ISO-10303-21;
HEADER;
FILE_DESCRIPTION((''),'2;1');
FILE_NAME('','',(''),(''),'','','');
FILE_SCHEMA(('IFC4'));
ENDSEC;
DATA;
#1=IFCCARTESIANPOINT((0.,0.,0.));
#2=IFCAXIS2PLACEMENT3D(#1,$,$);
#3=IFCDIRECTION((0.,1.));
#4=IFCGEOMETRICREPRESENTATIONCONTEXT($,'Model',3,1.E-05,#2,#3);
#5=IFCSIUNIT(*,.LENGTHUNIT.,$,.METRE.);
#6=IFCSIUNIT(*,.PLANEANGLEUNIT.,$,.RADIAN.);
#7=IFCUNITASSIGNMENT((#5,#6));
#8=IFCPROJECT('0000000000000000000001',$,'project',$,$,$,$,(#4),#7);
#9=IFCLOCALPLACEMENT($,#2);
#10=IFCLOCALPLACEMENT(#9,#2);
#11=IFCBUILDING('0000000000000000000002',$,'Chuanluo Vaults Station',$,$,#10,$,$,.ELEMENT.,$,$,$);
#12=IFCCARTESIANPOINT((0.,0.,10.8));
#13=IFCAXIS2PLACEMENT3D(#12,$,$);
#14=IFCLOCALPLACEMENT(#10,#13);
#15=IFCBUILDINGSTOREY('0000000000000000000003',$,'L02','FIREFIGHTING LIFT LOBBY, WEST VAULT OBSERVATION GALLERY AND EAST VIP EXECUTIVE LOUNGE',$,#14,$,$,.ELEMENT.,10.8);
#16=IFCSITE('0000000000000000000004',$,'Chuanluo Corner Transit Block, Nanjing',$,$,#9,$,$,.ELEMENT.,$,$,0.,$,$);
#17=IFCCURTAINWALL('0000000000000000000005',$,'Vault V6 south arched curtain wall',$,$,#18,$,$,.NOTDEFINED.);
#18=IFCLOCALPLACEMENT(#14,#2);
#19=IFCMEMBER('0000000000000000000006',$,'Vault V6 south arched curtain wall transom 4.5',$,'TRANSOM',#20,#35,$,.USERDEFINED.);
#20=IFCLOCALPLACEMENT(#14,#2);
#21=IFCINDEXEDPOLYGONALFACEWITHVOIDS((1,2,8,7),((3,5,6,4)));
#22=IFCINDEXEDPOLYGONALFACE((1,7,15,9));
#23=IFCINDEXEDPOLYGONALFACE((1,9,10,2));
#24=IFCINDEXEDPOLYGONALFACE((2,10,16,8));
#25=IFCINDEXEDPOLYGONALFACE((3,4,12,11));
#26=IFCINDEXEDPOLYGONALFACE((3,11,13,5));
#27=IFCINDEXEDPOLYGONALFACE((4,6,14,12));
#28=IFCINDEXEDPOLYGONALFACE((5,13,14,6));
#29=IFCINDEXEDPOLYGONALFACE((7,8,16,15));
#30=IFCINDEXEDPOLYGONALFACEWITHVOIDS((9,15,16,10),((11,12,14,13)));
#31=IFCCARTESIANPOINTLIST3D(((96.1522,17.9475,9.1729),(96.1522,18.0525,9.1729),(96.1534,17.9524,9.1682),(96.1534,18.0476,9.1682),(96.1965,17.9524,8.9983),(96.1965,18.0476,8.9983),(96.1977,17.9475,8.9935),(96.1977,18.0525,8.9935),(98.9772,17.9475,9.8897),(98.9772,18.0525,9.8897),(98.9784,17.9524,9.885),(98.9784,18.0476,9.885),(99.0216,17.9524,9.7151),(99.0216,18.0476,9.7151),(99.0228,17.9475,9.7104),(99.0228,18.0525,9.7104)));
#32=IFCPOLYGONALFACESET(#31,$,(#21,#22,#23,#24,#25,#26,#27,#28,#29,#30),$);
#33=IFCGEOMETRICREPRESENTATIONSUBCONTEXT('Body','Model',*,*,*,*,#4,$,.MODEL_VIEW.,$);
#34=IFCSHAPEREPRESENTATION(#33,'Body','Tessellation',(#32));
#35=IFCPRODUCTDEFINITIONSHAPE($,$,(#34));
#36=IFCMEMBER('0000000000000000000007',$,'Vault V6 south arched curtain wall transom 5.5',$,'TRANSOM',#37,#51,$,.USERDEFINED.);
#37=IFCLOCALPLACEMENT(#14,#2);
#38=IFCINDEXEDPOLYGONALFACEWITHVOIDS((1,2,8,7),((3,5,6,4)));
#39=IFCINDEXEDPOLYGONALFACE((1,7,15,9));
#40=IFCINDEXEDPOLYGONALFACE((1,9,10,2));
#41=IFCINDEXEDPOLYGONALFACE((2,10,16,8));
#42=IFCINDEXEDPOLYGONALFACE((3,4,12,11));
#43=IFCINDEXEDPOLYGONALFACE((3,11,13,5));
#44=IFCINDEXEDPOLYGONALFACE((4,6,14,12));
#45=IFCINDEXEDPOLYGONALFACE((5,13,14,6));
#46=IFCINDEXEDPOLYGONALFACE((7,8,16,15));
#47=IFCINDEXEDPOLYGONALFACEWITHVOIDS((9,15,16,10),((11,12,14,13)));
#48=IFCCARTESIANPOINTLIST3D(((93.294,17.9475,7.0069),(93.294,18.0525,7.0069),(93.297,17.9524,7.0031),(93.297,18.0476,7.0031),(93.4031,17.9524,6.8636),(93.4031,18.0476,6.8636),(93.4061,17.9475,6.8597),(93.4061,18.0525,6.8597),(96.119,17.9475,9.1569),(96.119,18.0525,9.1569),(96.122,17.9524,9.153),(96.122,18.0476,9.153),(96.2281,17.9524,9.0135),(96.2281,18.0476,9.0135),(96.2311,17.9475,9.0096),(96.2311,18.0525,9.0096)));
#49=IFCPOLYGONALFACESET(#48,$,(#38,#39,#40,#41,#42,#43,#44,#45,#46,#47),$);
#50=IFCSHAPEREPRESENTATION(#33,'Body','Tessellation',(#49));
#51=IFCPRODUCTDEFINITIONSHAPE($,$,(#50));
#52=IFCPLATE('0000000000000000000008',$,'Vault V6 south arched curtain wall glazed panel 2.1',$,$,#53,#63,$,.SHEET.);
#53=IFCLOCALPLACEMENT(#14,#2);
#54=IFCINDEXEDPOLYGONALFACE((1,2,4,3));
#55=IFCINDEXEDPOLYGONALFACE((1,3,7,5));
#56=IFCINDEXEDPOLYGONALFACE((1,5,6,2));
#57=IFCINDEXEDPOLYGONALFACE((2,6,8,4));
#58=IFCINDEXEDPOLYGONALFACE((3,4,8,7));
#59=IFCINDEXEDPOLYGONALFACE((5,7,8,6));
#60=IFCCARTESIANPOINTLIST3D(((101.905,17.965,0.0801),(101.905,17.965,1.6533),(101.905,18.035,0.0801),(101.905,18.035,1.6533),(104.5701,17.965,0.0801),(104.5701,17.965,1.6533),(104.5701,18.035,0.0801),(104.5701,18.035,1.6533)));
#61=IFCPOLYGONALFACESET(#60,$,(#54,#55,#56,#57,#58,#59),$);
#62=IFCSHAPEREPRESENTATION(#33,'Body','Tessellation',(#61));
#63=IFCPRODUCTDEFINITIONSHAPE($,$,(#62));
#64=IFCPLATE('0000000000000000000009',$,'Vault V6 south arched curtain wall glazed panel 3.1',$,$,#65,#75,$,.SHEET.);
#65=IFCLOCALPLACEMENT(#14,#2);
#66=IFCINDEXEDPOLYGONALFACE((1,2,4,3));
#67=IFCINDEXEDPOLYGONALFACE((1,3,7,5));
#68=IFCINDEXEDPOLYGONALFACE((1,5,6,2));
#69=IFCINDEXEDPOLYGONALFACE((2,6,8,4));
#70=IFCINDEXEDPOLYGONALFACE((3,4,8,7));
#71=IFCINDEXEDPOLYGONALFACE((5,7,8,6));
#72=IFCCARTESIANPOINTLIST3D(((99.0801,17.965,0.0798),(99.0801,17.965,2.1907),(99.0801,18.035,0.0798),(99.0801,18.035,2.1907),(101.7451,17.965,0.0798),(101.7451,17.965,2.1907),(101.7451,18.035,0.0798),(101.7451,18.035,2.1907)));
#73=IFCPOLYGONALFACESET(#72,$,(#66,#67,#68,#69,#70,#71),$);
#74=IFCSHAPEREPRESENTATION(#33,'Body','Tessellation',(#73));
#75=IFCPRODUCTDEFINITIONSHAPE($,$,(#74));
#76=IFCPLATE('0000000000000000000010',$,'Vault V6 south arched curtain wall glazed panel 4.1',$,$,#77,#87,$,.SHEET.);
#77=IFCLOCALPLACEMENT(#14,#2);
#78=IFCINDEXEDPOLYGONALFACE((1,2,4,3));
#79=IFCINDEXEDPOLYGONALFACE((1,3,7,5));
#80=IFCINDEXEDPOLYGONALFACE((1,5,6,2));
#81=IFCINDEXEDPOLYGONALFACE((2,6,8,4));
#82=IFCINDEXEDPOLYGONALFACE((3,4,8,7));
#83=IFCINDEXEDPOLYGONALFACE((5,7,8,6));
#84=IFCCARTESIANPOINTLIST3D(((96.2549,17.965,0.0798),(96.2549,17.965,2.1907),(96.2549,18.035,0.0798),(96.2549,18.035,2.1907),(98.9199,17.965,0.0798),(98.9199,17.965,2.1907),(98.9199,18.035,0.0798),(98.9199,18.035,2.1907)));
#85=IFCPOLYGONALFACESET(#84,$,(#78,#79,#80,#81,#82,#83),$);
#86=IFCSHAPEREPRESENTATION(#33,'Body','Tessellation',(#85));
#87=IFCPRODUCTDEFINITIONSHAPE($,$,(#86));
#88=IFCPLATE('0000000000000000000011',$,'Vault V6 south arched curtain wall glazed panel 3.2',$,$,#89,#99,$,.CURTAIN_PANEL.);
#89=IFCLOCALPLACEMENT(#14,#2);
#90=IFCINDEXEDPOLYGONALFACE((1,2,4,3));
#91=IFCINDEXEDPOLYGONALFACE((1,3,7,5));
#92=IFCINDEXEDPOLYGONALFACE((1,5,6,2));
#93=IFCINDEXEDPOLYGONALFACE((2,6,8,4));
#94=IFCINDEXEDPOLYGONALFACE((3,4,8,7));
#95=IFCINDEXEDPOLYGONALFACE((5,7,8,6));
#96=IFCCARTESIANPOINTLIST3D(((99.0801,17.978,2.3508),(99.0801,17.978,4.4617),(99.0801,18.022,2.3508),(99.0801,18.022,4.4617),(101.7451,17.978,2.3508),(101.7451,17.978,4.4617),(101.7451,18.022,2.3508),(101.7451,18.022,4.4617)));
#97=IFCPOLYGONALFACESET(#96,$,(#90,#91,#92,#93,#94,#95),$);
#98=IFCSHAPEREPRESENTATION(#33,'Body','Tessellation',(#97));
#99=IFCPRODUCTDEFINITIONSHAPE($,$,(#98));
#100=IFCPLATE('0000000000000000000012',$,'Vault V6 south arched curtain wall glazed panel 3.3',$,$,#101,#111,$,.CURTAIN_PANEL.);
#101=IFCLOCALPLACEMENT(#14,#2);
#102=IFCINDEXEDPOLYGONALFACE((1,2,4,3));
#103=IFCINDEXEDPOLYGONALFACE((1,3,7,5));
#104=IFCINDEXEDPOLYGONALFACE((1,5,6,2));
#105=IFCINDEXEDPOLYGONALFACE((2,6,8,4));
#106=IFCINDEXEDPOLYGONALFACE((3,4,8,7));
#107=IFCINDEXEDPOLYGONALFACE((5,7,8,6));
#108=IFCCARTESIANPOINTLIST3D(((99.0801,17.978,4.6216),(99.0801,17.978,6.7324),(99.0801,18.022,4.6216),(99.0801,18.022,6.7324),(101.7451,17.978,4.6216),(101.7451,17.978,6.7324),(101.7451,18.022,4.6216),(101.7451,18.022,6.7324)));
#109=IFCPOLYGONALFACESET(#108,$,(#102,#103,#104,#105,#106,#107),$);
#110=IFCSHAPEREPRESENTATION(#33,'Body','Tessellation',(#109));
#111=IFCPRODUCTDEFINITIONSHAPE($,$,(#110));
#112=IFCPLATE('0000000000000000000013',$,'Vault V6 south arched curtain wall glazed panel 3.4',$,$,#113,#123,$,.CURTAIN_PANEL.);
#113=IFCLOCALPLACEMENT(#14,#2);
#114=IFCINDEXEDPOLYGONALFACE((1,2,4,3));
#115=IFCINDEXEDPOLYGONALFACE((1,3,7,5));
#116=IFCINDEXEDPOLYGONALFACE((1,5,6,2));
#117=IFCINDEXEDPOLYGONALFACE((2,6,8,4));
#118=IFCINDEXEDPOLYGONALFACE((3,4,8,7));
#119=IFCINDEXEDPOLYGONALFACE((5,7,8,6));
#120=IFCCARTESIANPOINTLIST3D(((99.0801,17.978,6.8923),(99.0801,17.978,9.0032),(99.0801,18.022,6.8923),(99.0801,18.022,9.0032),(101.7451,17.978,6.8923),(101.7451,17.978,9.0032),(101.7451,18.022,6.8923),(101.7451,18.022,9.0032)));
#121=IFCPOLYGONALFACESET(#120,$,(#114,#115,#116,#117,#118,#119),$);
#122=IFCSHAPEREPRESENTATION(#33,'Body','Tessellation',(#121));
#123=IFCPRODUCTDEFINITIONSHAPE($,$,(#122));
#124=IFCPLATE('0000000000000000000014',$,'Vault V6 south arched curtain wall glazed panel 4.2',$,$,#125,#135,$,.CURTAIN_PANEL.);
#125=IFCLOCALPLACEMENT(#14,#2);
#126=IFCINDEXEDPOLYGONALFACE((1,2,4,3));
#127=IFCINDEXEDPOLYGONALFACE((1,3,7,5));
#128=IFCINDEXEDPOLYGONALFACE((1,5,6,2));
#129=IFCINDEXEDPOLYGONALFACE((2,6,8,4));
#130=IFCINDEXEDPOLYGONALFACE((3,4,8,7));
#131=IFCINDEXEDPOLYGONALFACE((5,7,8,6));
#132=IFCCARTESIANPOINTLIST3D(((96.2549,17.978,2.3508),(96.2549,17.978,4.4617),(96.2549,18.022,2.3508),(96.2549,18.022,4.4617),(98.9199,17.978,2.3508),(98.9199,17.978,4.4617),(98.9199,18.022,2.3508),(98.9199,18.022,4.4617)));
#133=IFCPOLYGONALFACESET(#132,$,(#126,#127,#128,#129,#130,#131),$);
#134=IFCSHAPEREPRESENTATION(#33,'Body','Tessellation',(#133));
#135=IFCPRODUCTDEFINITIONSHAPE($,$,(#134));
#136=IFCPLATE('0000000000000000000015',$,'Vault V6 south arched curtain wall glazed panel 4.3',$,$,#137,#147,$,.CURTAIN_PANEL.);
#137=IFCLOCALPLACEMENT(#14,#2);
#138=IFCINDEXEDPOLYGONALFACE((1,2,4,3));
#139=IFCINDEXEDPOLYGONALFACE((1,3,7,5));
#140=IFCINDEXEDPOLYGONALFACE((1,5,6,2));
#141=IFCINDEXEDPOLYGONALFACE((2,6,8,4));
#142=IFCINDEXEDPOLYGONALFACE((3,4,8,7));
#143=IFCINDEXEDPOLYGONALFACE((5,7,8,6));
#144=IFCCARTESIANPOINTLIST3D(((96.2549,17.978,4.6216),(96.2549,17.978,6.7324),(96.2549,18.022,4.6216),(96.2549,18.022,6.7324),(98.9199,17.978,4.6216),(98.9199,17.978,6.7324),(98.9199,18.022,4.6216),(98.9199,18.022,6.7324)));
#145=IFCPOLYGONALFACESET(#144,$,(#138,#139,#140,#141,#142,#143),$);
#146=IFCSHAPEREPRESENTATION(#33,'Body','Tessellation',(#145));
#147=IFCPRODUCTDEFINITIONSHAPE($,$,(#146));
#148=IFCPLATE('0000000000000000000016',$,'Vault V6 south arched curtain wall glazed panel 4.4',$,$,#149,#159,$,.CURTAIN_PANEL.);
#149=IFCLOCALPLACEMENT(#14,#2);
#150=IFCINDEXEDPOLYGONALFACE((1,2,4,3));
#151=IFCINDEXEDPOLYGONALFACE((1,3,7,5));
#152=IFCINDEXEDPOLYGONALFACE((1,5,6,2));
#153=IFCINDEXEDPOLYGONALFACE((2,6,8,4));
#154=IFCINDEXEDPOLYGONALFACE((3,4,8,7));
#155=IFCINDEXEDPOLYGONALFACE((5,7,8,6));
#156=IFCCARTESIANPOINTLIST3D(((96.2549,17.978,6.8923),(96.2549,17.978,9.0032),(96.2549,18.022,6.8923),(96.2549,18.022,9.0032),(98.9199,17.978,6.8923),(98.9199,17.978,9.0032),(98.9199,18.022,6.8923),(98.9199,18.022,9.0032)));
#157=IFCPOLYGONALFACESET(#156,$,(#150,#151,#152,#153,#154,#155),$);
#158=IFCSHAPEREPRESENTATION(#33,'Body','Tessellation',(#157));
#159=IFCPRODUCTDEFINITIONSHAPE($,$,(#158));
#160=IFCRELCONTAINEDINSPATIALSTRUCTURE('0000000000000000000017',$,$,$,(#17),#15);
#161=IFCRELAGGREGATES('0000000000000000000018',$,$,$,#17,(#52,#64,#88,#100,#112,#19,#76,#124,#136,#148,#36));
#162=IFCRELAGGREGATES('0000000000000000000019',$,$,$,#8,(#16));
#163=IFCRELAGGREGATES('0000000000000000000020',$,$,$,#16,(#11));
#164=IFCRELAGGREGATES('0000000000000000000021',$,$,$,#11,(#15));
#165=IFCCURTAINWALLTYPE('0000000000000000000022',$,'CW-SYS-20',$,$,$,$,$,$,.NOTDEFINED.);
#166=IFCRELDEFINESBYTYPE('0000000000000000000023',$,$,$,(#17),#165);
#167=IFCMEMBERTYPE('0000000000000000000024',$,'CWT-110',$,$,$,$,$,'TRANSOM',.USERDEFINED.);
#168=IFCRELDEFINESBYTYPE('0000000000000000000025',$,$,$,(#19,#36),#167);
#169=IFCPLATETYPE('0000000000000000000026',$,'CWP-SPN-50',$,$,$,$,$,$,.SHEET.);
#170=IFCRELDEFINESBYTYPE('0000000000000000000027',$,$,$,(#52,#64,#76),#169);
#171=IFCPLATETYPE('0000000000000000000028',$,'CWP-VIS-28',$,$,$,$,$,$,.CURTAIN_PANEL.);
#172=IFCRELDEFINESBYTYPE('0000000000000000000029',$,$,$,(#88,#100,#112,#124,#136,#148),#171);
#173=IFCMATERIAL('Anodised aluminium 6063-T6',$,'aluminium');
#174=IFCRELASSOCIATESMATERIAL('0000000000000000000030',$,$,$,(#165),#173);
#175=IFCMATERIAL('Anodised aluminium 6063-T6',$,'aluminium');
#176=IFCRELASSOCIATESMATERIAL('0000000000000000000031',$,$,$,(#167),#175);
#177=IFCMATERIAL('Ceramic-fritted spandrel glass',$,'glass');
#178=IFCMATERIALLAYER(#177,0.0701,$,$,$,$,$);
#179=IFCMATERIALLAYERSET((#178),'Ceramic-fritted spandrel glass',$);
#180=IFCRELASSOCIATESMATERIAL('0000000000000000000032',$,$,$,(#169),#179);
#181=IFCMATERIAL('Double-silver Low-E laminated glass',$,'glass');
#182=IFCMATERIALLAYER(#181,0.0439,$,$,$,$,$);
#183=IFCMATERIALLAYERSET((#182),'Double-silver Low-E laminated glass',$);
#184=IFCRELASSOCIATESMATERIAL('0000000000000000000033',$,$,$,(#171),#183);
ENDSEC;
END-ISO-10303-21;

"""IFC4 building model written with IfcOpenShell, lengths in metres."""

from ifc_helpers import new_model, si_unit, direction, frame, origin, origin_2d, place, context, subcontext, project, spatial, rectangle, hollow_rectangle, extrude, material, layer, layer_set, material_profile, profile_set, type_object, element, aggregate, save


model = new_model("IFC4")

# Units and contexts
model_context = context("Model", 3, precision=1e-05, world=origin(), true_north=direction((0.0, 1.0)))
body_context = subcontext(model_context, "Body", "Model", "MODEL_VIEW")
ifc_project = project(units=[si_unit("LENGTHUNIT", "METRE"), si_unit("PLANEANGLEUNIT", "RADIAN")], contexts=[model_context])

# Site, building, storey
site_placement = place(None, origin())
site = spatial("IfcSite", under=ifc_project, at=site_placement, Name="Chuanluo Corner Transit Block, Nanjing", CompositionType="ELEMENT", RefElevation=0.0)
building_placement = place(site_placement, origin())
building = spatial("IfcBuilding", under=site, at=building_placement, Name="Chuanluo Vaults Station", CompositionType="ELEMENT")
storey_placement = place(building_placement, frame((0.0, 0.0, 10.8)))
storey = spatial("IfcBuildingStorey", under=building, at=storey_placement, Name="L02", Description="FIREFIGHTING LIFT LOBBY, WEST VAULT OBSERVATION GALLERY AND EAST VIP EXECUTIVE LOUNGE", CompositionType="ELEMENT", Elevation=10.8)

# Curtain wall, members, plates
ifc_material_1 = material(Name="Anodised aluminium 6063-T6", Category="aluminium")
curtain_wall_type = type_object("IfcCurtainWallType", Name="CW-SYS-20", PredefinedType="NOTDEFINED", material=ifc_material_1)
curtain_wall_placement = place(storey_placement, origin())
curtain_wall = element("IfcCurtainWall", 1, at=curtain_wall_placement, inside=storey, type_object=curtain_wall_type, Name="Vault V6 south arched curtain wall", PredefinedType="NOTDEFINED")
ifc_material_2 = material(Name="Anodised aluminium 6063-T6", Category="aluminium")
ifc_material_profile_1 = material_profile(ifc_material_2, hollow_rectangle(XDim=0.105, YDim=0.1851, WallThickness=0.0049, at=origin_2d()))
ifc_profile_set_1 = profile_set([ifc_material_profile_1], Name="Anodised aluminium 6063-T6")
member_type_1 = type_object("IfcMemberType", Name="CWT-110", ElementType="TRANSOM", PredefinedType="USERDEFINED", material=ifc_profile_set_1)
member_1_placement = place(storey_placement, frame((99.0, 18.0, 9.8), z_axis=(-0.969284, 0.0, -0.245944), x_axis=(0.0, -1.0, 0.0)))
member_1 = element("IfcMember", 2, at=member_1_placement, type_object=member_type_1, Name="Vault V6 south arched curtain wall transom 4.5", ObjectType="TRANSOM", PredefinedType="USERDEFINED", context=body_context, shape_type="SweptSolid", body=[
    extrude(hollow_rectangle(XDim=0.105, YDim=0.1851, WallThickness=0.0049, at=origin_2d()), origin(), (0.0, 0.0, 1.0), 2.9146),
])
member_2_placement = place(storey_placement, frame((96.175, 18.0, 9.0833), z_axis=(-0.795763, 0.0, -0.605608), x_axis=(0.0, -1.0, 0.0)))
member_2 = element("IfcMember", 3, at=member_2_placement, type_object=member_type_1, Name="Vault V6 south arched curtain wall transom 5.5", ObjectType="TRANSOM", PredefinedType="USERDEFINED", context=body_context, shape_type="SweptSolid", body=[
    extrude(hollow_rectangle(XDim=0.105, YDim=0.1851, WallThickness=0.0049, at=origin_2d()), origin(), (0.0, 0.0, 1.0), 3.55),
])
ifc_material_3 = material(Name="Ceramic-fritted spandrel glass", Category="glass")
ifc_layer_1 = layer(ifc_material_3, 0.0701)
ifc_layer_set_1 = layer_set([ifc_layer_1], Name="Ceramic-fritted spandrel glass")
plate_type_1 = type_object("IfcPlateType", Name="CWP-SPN-50", PredefinedType="SHEET", material=ifc_layer_set_1)
plate_1_placement = place(storey_placement, frame((103.2375, 18.0, 0.0801), z_axis=(0.0, 0.0, 1.0), x_axis=(-1.0, 0.0, 0.0)))
plate_1 = element("IfcPlate", 4, at=plate_1_placement, type_object=plate_type_1, Name="Vault V6 south arched curtain wall glazed panel 2.1", PredefinedType="SHEET", context=body_context, shape_type="SweptSolid", body=[
    extrude(rectangle(XDim=2.665, YDim=0.0701, at=origin_2d()), origin(), (0.0, 0.0, 1.0), 1.5732),
])
plate_2_placement = place(storey_placement, frame((100.4126, 18.0, 0.0798), z_axis=(0.0, 0.0, 1.0), x_axis=(-1.0, 0.0, 0.0)))
plate_2 = element("IfcPlate", 5, at=plate_2_placement, type_object=plate_type_1, Name="Vault V6 south arched curtain wall glazed panel 3.1", PredefinedType="SHEET", context=body_context, shape_type="SweptSolid", body=[
    extrude(rectangle(XDim=2.665, YDim=0.0701, at=origin_2d()), origin(), (0.0, 0.0, 1.0), 2.1108),
])
plate_3_placement = place(storey_placement, frame((97.5874, 18.0, 0.0798), z_axis=(0.0, 0.0, 1.0), x_axis=(-1.0, 0.0, 0.0)))
plate_3 = element("IfcPlate", 6, at=plate_3_placement, type_object=plate_type_1, Name="Vault V6 south arched curtain wall glazed panel 4.1", PredefinedType="SHEET", context=body_context, shape_type="SweptSolid", body=[
    extrude(rectangle(XDim=2.665, YDim=0.0701, at=origin_2d()), origin(), (0.0, 0.0, 1.0), 2.1108),
])
ifc_material_4 = material(Name="Double-silver Low-E laminated glass", Category="glass")
ifc_layer_2 = layer(ifc_material_4, 0.0439)
ifc_layer_set_2 = layer_set([ifc_layer_2], Name="Double-silver Low-E laminated glass")
plate_type_2 = type_object("IfcPlateType", Name="CWP-VIS-28", PredefinedType="CURTAIN_PANEL", material=ifc_layer_set_2)
plate_4_placement = place(storey_placement, frame((100.4126, 18.0, 2.3508), z_axis=(0.0, 0.0, 1.0), x_axis=(-1.0, 0.0, 0.0)))
plate_4 = element("IfcPlate", 7, at=plate_4_placement, type_object=plate_type_2, Name="Vault V6 south arched curtain wall glazed panel 3.2", PredefinedType="CURTAIN_PANEL", context=body_context, shape_type="SweptSolid", body=[
    extrude(rectangle(XDim=2.665, YDim=0.0439, at=origin_2d()), origin(), (0.0, 0.0, 1.0), 2.1108),
])
plate_5_placement = place(storey_placement, frame((100.4126, 18.0, 4.6216), z_axis=(0.0, 0.0, 1.0), x_axis=(-1.0, 0.0, 0.0)))
plate_5 = element("IfcPlate", 8, at=plate_5_placement, type_object=plate_type_2, Name="Vault V6 south arched curtain wall glazed panel 3.3", PredefinedType="CURTAIN_PANEL", context=body_context, shape_type="SweptSolid", body=[
    extrude(rectangle(XDim=2.665, YDim=0.0439, at=origin_2d()), origin(), (0.0, 0.0, 1.0), 2.1108),
])
plate_6_placement = place(storey_placement, frame((100.4126, 18.0, 6.8923), z_axis=(0.0, 0.0, 1.0), x_axis=(-1.0, 0.0, 0.0)))
plate_6 = element("IfcPlate", 9, at=plate_6_placement, type_object=plate_type_2, Name="Vault V6 south arched curtain wall glazed panel 3.4", PredefinedType="CURTAIN_PANEL", context=body_context, shape_type="SweptSolid", body=[
    extrude(rectangle(XDim=2.665, YDim=0.0439, at=origin_2d()), origin(), (0.0, 0.0, 1.0), 2.1108),
])
plate_7_placement = place(storey_placement, frame((97.5874, 18.0, 2.3508), z_axis=(0.0, 0.0, 1.0), x_axis=(-1.0, 0.0, 0.0)))
plate_7 = element("IfcPlate", 10, at=plate_7_placement, type_object=plate_type_2, Name="Vault V6 south arched curtain wall glazed panel 4.2", PredefinedType="CURTAIN_PANEL", context=body_context, shape_type="SweptSolid", body=[
    extrude(rectangle(XDim=2.665, YDim=0.0439, at=origin_2d()), origin(), (0.0, 0.0, 1.0), 2.1108),
])
plate_8_placement = place(storey_placement, frame((97.5874, 18.0, 4.6216), z_axis=(0.0, 0.0, 1.0), x_axis=(-1.0, 0.0, 0.0)))
plate_8 = element("IfcPlate", 11, at=plate_8_placement, type_object=plate_type_2, Name="Vault V6 south arched curtain wall glazed panel 4.3", PredefinedType="CURTAIN_PANEL", context=body_context, shape_type="SweptSolid", body=[
    extrude(rectangle(XDim=2.665, YDim=0.0439, at=origin_2d()), origin(), (0.0, 0.0, 1.0), 2.1108),
])
plate_9_placement = place(storey_placement, frame((97.5874, 18.0, 6.8923), z_axis=(0.0, 0.0, 1.0), x_axis=(-1.0, 0.0, 0.0)))
plate_9 = element("IfcPlate", 12, at=plate_9_placement, type_object=plate_type_2, Name="Vault V6 south arched curtain wall glazed panel 4.4", PredefinedType="CURTAIN_PANEL", context=body_context, shape_type="SweptSolid", body=[
    extrude(rectangle(XDim=2.665, YDim=0.0439, at=origin_2d()), origin(), (0.0, 0.0, 1.0), 2.1108),
])
aggregate(curtain_wall, [plate_1, plate_2, plate_4, plate_5, plate_6, member_1, plate_3, plate_7, plate_8, plate_9, member_2])

save(model, "model.ifc")
